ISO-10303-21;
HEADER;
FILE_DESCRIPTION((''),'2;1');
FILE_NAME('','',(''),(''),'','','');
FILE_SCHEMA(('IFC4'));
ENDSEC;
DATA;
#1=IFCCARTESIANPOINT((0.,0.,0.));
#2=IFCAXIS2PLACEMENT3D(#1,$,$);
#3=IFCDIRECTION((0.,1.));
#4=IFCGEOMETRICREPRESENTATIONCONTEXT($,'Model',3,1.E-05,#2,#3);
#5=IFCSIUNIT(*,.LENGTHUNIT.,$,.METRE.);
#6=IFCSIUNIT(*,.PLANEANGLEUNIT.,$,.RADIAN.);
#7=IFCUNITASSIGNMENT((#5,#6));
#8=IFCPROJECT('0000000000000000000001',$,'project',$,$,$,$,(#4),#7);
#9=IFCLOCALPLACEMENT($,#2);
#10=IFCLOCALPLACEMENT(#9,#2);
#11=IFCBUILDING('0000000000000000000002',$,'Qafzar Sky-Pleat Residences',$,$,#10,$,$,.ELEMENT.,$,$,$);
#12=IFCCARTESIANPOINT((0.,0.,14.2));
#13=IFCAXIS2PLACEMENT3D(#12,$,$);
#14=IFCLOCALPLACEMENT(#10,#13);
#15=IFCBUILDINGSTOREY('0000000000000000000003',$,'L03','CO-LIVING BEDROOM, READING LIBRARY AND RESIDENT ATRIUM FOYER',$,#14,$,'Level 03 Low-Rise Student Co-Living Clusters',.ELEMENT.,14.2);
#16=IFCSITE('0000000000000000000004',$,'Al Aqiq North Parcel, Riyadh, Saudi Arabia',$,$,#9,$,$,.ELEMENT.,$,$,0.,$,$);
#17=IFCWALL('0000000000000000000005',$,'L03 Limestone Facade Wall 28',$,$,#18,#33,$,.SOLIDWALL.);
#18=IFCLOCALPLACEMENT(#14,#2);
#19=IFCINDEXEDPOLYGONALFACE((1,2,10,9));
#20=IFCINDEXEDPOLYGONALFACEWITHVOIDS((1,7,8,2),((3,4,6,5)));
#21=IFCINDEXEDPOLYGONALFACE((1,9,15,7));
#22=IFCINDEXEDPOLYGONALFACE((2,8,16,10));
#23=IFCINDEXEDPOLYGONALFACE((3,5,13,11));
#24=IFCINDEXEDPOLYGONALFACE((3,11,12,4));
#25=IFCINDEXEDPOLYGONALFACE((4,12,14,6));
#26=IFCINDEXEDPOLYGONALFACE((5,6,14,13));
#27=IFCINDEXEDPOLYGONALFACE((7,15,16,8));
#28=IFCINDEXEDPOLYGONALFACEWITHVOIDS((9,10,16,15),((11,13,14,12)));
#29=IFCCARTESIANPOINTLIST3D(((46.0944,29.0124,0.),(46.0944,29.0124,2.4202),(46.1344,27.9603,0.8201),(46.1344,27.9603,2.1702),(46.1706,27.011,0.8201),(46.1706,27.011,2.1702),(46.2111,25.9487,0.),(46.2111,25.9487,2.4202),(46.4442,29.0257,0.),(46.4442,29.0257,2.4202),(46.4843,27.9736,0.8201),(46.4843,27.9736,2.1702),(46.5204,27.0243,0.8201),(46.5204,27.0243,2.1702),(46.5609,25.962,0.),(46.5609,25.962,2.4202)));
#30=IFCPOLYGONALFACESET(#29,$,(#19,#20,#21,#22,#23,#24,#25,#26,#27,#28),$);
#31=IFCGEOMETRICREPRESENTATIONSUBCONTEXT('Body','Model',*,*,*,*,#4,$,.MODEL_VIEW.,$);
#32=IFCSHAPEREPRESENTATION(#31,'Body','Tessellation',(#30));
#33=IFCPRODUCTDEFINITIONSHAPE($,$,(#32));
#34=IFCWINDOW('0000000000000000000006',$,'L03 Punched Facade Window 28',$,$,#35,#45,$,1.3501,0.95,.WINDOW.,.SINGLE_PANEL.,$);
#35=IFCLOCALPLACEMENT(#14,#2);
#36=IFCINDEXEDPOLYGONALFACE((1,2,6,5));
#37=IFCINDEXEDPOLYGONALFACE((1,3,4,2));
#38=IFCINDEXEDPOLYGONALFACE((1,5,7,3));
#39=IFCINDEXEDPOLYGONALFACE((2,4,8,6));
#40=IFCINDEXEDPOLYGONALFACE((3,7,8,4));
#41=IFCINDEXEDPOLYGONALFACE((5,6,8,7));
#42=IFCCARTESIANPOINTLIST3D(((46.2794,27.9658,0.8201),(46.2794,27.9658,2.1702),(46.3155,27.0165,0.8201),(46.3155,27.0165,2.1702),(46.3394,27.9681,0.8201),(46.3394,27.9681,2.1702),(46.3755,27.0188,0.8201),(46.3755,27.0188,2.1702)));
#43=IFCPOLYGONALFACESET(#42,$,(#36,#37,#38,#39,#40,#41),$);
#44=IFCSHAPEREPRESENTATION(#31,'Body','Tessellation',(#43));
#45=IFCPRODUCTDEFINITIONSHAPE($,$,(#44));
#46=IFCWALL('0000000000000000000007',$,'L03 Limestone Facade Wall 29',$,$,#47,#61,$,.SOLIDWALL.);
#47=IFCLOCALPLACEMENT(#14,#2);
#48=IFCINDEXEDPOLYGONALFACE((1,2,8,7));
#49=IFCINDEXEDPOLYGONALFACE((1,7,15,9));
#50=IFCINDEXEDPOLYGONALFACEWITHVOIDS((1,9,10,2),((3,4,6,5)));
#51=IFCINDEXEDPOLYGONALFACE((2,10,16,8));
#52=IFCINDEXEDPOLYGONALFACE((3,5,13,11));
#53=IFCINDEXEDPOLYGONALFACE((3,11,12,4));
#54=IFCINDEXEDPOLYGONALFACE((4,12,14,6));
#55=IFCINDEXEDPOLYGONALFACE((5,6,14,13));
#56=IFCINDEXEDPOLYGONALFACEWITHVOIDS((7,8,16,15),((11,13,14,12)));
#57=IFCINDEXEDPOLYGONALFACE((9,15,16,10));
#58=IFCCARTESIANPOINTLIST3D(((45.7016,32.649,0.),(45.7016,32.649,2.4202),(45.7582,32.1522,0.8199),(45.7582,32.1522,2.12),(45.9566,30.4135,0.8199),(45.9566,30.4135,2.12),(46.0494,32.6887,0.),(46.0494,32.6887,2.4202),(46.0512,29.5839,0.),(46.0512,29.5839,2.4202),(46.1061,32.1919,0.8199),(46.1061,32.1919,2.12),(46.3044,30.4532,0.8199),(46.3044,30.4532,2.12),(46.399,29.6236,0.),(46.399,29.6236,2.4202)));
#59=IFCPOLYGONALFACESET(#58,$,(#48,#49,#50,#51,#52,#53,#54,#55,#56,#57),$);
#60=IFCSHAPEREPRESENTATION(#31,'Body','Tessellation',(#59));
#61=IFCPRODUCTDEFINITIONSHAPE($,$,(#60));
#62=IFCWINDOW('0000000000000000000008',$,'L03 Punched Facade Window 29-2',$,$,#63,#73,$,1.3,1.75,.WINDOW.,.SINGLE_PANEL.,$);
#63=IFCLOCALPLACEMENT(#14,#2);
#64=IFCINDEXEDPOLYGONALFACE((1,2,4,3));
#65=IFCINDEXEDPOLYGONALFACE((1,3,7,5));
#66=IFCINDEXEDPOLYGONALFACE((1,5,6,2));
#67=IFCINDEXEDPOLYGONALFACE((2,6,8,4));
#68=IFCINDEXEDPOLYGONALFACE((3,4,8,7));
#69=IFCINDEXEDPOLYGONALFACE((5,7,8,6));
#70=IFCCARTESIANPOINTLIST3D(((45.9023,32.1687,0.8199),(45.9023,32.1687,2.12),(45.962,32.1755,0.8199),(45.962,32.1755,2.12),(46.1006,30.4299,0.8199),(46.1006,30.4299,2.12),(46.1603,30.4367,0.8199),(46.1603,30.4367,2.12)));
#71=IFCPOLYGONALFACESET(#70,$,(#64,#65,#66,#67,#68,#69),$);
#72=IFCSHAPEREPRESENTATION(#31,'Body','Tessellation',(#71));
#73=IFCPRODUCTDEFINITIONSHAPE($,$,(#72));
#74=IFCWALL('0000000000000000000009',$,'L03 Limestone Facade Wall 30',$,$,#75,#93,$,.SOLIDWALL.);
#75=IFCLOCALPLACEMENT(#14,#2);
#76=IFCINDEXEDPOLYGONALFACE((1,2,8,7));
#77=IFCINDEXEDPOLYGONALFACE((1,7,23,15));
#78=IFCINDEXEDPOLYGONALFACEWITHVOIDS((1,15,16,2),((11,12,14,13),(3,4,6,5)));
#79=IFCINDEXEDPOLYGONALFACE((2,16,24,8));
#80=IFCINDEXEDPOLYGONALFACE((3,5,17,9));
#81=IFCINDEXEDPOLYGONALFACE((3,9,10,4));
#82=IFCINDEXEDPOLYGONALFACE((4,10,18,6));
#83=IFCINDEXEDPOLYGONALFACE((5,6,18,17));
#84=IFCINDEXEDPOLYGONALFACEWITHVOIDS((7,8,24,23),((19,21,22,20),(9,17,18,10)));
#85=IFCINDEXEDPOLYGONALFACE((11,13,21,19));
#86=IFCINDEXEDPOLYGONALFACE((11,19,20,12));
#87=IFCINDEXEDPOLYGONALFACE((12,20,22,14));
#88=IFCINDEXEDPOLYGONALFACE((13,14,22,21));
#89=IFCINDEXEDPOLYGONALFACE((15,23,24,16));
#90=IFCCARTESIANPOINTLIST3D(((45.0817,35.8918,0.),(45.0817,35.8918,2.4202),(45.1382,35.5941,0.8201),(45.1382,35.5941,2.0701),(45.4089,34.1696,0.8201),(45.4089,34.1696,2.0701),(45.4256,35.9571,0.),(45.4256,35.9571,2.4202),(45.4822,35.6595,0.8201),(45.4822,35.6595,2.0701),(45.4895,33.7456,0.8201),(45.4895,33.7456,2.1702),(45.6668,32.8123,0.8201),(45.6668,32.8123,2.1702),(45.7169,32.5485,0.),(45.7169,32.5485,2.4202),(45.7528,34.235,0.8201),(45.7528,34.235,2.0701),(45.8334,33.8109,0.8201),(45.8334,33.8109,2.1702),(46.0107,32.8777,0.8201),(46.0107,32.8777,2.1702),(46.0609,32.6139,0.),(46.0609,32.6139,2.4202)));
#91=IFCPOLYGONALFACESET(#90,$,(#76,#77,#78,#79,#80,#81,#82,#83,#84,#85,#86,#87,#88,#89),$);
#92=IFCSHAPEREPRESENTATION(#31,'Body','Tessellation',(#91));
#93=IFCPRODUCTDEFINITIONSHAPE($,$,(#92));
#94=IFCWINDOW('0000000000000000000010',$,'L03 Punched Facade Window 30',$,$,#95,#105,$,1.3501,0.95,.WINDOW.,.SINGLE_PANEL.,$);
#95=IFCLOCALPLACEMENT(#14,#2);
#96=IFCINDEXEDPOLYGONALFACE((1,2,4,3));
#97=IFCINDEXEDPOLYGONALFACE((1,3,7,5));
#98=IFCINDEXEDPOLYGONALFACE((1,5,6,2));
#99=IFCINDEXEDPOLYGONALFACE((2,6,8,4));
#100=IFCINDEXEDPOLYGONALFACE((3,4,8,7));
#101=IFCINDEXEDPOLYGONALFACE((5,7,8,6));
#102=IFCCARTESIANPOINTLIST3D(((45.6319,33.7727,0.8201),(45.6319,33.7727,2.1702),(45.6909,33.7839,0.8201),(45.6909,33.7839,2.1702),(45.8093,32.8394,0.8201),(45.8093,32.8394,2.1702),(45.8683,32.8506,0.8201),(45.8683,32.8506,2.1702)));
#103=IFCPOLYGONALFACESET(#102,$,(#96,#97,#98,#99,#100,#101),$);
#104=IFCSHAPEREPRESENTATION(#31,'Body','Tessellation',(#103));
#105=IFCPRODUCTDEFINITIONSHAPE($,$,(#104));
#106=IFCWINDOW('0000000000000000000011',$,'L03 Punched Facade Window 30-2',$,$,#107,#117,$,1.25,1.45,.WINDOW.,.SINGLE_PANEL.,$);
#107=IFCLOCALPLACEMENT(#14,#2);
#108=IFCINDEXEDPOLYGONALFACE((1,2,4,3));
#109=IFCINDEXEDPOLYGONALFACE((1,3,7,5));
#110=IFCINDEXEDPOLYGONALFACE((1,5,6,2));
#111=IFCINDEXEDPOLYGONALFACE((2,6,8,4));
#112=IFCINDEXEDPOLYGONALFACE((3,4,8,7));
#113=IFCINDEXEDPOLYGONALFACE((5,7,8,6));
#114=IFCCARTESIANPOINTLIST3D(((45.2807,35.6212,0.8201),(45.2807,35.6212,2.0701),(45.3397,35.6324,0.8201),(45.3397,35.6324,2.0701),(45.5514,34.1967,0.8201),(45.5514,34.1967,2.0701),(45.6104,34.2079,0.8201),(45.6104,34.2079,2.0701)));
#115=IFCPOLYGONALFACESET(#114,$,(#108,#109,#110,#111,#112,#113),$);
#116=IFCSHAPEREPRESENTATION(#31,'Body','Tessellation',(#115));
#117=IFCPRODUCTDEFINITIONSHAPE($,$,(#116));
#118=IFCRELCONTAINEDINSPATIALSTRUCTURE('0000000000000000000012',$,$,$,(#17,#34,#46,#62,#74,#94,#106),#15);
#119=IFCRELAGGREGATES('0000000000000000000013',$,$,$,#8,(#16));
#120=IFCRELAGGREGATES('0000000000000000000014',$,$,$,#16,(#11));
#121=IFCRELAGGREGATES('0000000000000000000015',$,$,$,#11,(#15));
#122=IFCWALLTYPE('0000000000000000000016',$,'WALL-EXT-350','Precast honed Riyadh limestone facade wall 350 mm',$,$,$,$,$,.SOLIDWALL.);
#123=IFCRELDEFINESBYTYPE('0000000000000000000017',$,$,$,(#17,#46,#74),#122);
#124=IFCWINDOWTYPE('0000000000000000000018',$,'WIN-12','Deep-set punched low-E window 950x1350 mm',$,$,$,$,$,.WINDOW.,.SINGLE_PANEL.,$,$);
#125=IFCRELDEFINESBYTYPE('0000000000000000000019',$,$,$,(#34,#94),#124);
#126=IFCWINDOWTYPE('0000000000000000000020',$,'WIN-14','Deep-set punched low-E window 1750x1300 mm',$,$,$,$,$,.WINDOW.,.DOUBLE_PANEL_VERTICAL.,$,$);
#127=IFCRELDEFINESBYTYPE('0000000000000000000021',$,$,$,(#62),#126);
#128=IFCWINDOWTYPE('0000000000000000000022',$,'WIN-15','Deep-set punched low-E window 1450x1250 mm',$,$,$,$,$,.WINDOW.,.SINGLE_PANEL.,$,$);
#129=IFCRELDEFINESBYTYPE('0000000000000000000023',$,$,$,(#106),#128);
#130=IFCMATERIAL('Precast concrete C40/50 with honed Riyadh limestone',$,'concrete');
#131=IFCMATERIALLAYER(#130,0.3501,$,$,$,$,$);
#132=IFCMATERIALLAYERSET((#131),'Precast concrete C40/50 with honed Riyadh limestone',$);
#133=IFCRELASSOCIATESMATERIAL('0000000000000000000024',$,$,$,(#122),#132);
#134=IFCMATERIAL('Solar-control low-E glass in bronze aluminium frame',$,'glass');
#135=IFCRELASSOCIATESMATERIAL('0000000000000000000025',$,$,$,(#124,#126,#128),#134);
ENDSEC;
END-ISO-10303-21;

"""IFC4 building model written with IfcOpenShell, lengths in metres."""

from ifc_helpers import new_model, si_unit, direction, frame, frame_2d, origin, place, context, subcontext, project, spatial, rectangle, extrude, source, transform, mapped, material, layer, layer_set, type_object, element, fill, save


model = new_model("IFC4")

# Units and contexts
model_context = context("Model", 3, precision=1e-05, world=origin(), true_north=direction((0.0, 1.0)))
body_context = subcontext(model_context, "Body", "Model", "MODEL_VIEW")
ifc_project = project(units=[si_unit("LENGTHUNIT", "METRE"), si_unit("PLANEANGLEUNIT", "RADIAN")], contexts=[model_context])

# Site, building, storey
site_placement = place(None, origin())
site = spatial("IfcSite", under=ifc_project, at=site_placement, Name="Al Aqiq North Parcel, Riyadh, Saudi Arabia", CompositionType="ELEMENT", RefElevation=0.0)
building_placement = place(site_placement, origin())
building = spatial("IfcBuilding", under=site, at=building_placement, Name="Qafzar Sky-Pleat Residences", CompositionType="ELEMENT")
storey_placement = place(building_placement, frame((0.0, 0.0, 14.2)))
storey = spatial("IfcBuildingStorey", under=building, at=storey_placement, Name="L03", Description="CO-LIVING BEDROOM, READING LIBRARY AND RESIDENT ATRIUM FOYER", LongName="Level 03 Low-Rise Student Co-Living Clusters", CompositionType="ELEMENT", Elevation=14.2)

# Walls, openings, windows
ifc_material_1 = material(Name="Precast concrete C40/50 with honed Riyadh limestone", Category="concrete")
ifc_layer_1 = layer(ifc_material_1, 0.3501)
ifc_layer_set_1 = layer_set([ifc_layer_1], Name="Precast concrete C40/50 with honed Riyadh limestone")
wall_type_1 = type_object("IfcWallType", Name="WALL-EXT-350", Description="Precast honed Riyadh limestone facade wall 350 mm", PredefinedType="SOLIDWALL", material=ifc_layer_set_1)
wall_1_placement = place(storey_placement, frame((46.386, 25.9553, 0.0), z_axis=(0.0, 0.0, 1.0), x_axis=(-0.038063, 0.999275, 0.0)))
wall_1 = element("IfcWall", 1, at=wall_1_placement, inside=storey, type_object=wall_type_1, Name="L03 Limestone Facade Wall 28", PredefinedType="SOLIDWALL", context=body_context, shape_type="SweptSolid", body=[
    extrude(rectangle(XDim=3.0659, YDim=0.3501, at=frame_2d((1.533, 0.0))), origin(), (0.0, 0.0, 1.0), 2.4202),
])
opening_1_placement = place(wall_1_placement, frame((1.063, 0.0, 0.8201)))
opening_1 = element("IfcOpeningElement", 2, at=opening_1_placement, cuts=wall_1, PredefinedType="OPENING", context=body_context, shape_type="SweptSolid", body=[
    extrude(rectangle(XDim=0.95, YDim=1.3501, at=frame_2d((0.4751, 0.675))), frame((0.0, 0.1851, 0.0), z_axis=(0.0, -1.0, 0.0), x_axis=(1.0, 0.0, 0.0)), (0.0, 0.0, 1.0), 0.3701),
])
ifc_material_2 = material(Name="Solar-control low-E glass in bronze aluminium frame", Category="glass")
window_type_1 = type_object("IfcWindowType", Name="WIN-12", Description="Deep-set punched low-E window 950x1350 mm", PartitioningType="SINGLE_PANEL", PredefinedType="WINDOW", material=ifc_material_2)
shared_shape_1 = source(origin(), body_context, "Body", "SweptSolid", [
    extrude(rectangle(XDim=0.95, YDim=1.3501, at=frame_2d((0.4751, 0.675))), frame((0.0, 0.03, 0.0), z_axis=(0.0, -1.0, 0.0), x_axis=(1.0, 0.0, 0.0)), (0.0, 0.0, 1.0), 0.0601),
])
window_1_placement = place(opening_1_placement, origin())
window_1 = element("IfcWindow", 3, at=window_1_placement, inside=storey, type_object=window_type_1, Name="L03 Punched Facade Window 28", OverallHeight=1.3501, OverallWidth=0.95, PartitioningType="SINGLE_PANEL", PredefinedType="WINDOW", context=body_context, shape_type="MappedRepresentation", body=[
    mapped(shared_shape_1, transform((0.0, 0.0, 0.0), x_axis=(1.0, 0.0, 0.0), y_axis=(0.0, 1.0, 0.0), z_axis=(0.0, 0.0, 1.0), scale=1.0)),
])
fill(opening_1, window_1)
wall_2_placement = place(storey_placement, frame((46.2251, 29.6038, 0.0), z_axis=(0.0, 0.0, 1.0), x_axis=(-0.113323, 0.993558, 0.0)))
wall_2 = element("IfcWall", 4, at=wall_2_placement, inside=storey, type_object=wall_type_1, Name="L03 Limestone Facade Wall 29", PredefinedType="SOLIDWALL", context=body_context, shape_type="SweptSolid", body=[
    extrude(rectangle(XDim=3.085, YDim=0.3501, at=frame_2d((1.5425, 0.0))), origin(), (0.0, 0.0, 1.0), 2.4202),
])
opening_2_placement = place(wall_2_placement, frame((0.835, 0.0, 0.8201)))
opening_2 = element("IfcOpeningElement", 5, at=opening_2_placement, cuts=wall_2, PredefinedType="OPENING", context=body_context, shape_type="SweptSolid", body=[
    extrude(rectangle(XDim=1.75, YDim=1.3, at=frame_2d((0.875, 0.6499))), frame((0.0, 0.1851, 0.0), z_axis=(0.0, -1.0, 0.0), x_axis=(1.0, 0.0, 0.0)), (0.0, 0.0, 1.0), 0.3701),
])
window_type_2 = type_object("IfcWindowType", Name="WIN-14", Description="Deep-set punched low-E window 1750x1300 mm", PartitioningType="DOUBLE_PANEL_VERTICAL", PredefinedType="WINDOW", material=ifc_material_2)
shared_shape_2 = source(origin(), body_context, "Body", "SweptSolid", [
    extrude(rectangle(XDim=1.75, YDim=1.3, at=frame_2d((0.875, 0.6499))), frame((0.0, 0.03, 0.0), z_axis=(0.0, -1.0, 0.0), x_axis=(1.0, 0.0, 0.0)), (0.0, 0.0, 1.0), 0.0601),
])
window_2_placement = place(opening_2_placement, origin())
window_2 = element("IfcWindow", 6, at=window_2_placement, inside=storey, type_object=window_type_2, Name="L03 Punched Facade Window 29-2", OverallHeight=1.3, OverallWidth=1.75, PartitioningType="SINGLE_PANEL", PredefinedType="WINDOW", context=body_context, shape_type="MappedRepresentation", body=[
    mapped(shared_shape_2, transform((0.0, 0.0, 0.0), x_axis=(1.0, 0.0, 0.0), y_axis=(0.0, 1.0, 0.0), z_axis=(0.0, 0.0, 1.0), scale=1.0)),
])
fill(opening_2, window_2)

# Wall, openings, windows
wall_3_placement = place(storey_placement, frame((45.8889, 32.5811, 0.0), z_axis=(0.0, 0.0, 1.0), x_axis=(-0.18667, 0.982423, 0.0)))
wall_3 = element("IfcWall", 7, at=wall_3_placement, inside=storey, type_object=wall_type_1, Name="L03 Limestone Facade Wall 30", PredefinedType="SOLIDWALL", context=body_context, shape_type="SweptSolid", body=[
    extrude(rectangle(XDim=3.4031, YDim=0.3501, at=frame_2d((1.7017, 0.0))), origin(), (0.0, 0.0, 1.0), 2.4202),
])
opening_3_placement = place(wall_3_placement, frame((0.2686, 0.0, 0.8201)))
opening_3 = element("IfcOpeningElement", 8, at=opening_3_placement, cuts=wall_3, PredefinedType="OPENING", context=body_context, shape_type="SweptSolid", body=[
    extrude(rectangle(XDim=0.95, YDim=1.3501, at=frame_2d((0.4751, 0.675))), frame((0.0, 0.1851, 0.0), z_axis=(0.0, -1.0, 0.0), x_axis=(1.0, 0.0, 0.0)), (0.0, 0.0, 1.0), 0.3701),
])
opening_4_placement = place(wall_3_placement, frame((1.6501, 0.0, 0.8201)))
opening_4 = element("IfcOpeningElement", 9, at=opening_4_placement, cuts=wall_3, PredefinedType="OPENING", context=body_context, shape_type="SweptSolid", body=[
    extrude(rectangle(XDim=1.45, YDim=1.25, at=frame_2d((0.7251, 0.625))), frame((0.0, 0.1851, 0.0), z_axis=(0.0, -1.0, 0.0), x_axis=(1.0, 0.0, 0.0)), (0.0, 0.0, 1.0), 0.3701),
])
window_3_placement = place(opening_3_placement, origin())
window_3 = element("IfcWindow", 10, at=window_3_placement, inside=storey, type_object=window_type_1, Name="L03 Punched Facade Window 30", OverallHeight=1.3501, OverallWidth=0.95, PartitioningType="SINGLE_PANEL", PredefinedType="WINDOW", context=body_context, shape_type="MappedRepresentation", body=[
    mapped(shared_shape_1, transform((0.0, 0.0, 0.0), x_axis=(1.0, 0.0, 0.0), y_axis=(0.0, 1.0, 0.0), z_axis=(0.0, 0.0, 1.0), scale=1.0)),
])
fill(opening_3, window_3)
window_type_3 = type_object("IfcWindowType", Name="WIN-15", Description="Deep-set punched low-E window 1450x1250 mm", PartitioningType="SINGLE_PANEL", PredefinedType="WINDOW", material=ifc_material_2)
shared_shape_3 = source(origin(), body_context, "Body", "SweptSolid", [
    extrude(rectangle(XDim=1.45, YDim=1.25, at=frame_2d((0.7251, 0.625))), frame((0.0, 0.03, 0.0), z_axis=(0.0, -1.0, 0.0), x_axis=(1.0, 0.0, 0.0)), (0.0, 0.0, 1.0), 0.0601),
])
window_4_placement = place(opening_4_placement, origin())
window_4 = element("IfcWindow", 11, at=window_4_placement, inside=storey, type_object=window_type_3, Name="L03 Punched Facade Window 30-2", OverallHeight=1.25, OverallWidth=1.45, PartitioningType="SINGLE_PANEL", PredefinedType="WINDOW", context=body_context, shape_type="MappedRepresentation", body=[
    mapped(shared_shape_3, transform((0.0, 0.0, 0.0), x_axis=(1.0, 0.0, 0.0), y_axis=(0.0, 1.0, 0.0), z_axis=(0.0, 0.0, 1.0), scale=1.0)),
])
fill(opening_4, window_4)

save(model, "model.ifc")
